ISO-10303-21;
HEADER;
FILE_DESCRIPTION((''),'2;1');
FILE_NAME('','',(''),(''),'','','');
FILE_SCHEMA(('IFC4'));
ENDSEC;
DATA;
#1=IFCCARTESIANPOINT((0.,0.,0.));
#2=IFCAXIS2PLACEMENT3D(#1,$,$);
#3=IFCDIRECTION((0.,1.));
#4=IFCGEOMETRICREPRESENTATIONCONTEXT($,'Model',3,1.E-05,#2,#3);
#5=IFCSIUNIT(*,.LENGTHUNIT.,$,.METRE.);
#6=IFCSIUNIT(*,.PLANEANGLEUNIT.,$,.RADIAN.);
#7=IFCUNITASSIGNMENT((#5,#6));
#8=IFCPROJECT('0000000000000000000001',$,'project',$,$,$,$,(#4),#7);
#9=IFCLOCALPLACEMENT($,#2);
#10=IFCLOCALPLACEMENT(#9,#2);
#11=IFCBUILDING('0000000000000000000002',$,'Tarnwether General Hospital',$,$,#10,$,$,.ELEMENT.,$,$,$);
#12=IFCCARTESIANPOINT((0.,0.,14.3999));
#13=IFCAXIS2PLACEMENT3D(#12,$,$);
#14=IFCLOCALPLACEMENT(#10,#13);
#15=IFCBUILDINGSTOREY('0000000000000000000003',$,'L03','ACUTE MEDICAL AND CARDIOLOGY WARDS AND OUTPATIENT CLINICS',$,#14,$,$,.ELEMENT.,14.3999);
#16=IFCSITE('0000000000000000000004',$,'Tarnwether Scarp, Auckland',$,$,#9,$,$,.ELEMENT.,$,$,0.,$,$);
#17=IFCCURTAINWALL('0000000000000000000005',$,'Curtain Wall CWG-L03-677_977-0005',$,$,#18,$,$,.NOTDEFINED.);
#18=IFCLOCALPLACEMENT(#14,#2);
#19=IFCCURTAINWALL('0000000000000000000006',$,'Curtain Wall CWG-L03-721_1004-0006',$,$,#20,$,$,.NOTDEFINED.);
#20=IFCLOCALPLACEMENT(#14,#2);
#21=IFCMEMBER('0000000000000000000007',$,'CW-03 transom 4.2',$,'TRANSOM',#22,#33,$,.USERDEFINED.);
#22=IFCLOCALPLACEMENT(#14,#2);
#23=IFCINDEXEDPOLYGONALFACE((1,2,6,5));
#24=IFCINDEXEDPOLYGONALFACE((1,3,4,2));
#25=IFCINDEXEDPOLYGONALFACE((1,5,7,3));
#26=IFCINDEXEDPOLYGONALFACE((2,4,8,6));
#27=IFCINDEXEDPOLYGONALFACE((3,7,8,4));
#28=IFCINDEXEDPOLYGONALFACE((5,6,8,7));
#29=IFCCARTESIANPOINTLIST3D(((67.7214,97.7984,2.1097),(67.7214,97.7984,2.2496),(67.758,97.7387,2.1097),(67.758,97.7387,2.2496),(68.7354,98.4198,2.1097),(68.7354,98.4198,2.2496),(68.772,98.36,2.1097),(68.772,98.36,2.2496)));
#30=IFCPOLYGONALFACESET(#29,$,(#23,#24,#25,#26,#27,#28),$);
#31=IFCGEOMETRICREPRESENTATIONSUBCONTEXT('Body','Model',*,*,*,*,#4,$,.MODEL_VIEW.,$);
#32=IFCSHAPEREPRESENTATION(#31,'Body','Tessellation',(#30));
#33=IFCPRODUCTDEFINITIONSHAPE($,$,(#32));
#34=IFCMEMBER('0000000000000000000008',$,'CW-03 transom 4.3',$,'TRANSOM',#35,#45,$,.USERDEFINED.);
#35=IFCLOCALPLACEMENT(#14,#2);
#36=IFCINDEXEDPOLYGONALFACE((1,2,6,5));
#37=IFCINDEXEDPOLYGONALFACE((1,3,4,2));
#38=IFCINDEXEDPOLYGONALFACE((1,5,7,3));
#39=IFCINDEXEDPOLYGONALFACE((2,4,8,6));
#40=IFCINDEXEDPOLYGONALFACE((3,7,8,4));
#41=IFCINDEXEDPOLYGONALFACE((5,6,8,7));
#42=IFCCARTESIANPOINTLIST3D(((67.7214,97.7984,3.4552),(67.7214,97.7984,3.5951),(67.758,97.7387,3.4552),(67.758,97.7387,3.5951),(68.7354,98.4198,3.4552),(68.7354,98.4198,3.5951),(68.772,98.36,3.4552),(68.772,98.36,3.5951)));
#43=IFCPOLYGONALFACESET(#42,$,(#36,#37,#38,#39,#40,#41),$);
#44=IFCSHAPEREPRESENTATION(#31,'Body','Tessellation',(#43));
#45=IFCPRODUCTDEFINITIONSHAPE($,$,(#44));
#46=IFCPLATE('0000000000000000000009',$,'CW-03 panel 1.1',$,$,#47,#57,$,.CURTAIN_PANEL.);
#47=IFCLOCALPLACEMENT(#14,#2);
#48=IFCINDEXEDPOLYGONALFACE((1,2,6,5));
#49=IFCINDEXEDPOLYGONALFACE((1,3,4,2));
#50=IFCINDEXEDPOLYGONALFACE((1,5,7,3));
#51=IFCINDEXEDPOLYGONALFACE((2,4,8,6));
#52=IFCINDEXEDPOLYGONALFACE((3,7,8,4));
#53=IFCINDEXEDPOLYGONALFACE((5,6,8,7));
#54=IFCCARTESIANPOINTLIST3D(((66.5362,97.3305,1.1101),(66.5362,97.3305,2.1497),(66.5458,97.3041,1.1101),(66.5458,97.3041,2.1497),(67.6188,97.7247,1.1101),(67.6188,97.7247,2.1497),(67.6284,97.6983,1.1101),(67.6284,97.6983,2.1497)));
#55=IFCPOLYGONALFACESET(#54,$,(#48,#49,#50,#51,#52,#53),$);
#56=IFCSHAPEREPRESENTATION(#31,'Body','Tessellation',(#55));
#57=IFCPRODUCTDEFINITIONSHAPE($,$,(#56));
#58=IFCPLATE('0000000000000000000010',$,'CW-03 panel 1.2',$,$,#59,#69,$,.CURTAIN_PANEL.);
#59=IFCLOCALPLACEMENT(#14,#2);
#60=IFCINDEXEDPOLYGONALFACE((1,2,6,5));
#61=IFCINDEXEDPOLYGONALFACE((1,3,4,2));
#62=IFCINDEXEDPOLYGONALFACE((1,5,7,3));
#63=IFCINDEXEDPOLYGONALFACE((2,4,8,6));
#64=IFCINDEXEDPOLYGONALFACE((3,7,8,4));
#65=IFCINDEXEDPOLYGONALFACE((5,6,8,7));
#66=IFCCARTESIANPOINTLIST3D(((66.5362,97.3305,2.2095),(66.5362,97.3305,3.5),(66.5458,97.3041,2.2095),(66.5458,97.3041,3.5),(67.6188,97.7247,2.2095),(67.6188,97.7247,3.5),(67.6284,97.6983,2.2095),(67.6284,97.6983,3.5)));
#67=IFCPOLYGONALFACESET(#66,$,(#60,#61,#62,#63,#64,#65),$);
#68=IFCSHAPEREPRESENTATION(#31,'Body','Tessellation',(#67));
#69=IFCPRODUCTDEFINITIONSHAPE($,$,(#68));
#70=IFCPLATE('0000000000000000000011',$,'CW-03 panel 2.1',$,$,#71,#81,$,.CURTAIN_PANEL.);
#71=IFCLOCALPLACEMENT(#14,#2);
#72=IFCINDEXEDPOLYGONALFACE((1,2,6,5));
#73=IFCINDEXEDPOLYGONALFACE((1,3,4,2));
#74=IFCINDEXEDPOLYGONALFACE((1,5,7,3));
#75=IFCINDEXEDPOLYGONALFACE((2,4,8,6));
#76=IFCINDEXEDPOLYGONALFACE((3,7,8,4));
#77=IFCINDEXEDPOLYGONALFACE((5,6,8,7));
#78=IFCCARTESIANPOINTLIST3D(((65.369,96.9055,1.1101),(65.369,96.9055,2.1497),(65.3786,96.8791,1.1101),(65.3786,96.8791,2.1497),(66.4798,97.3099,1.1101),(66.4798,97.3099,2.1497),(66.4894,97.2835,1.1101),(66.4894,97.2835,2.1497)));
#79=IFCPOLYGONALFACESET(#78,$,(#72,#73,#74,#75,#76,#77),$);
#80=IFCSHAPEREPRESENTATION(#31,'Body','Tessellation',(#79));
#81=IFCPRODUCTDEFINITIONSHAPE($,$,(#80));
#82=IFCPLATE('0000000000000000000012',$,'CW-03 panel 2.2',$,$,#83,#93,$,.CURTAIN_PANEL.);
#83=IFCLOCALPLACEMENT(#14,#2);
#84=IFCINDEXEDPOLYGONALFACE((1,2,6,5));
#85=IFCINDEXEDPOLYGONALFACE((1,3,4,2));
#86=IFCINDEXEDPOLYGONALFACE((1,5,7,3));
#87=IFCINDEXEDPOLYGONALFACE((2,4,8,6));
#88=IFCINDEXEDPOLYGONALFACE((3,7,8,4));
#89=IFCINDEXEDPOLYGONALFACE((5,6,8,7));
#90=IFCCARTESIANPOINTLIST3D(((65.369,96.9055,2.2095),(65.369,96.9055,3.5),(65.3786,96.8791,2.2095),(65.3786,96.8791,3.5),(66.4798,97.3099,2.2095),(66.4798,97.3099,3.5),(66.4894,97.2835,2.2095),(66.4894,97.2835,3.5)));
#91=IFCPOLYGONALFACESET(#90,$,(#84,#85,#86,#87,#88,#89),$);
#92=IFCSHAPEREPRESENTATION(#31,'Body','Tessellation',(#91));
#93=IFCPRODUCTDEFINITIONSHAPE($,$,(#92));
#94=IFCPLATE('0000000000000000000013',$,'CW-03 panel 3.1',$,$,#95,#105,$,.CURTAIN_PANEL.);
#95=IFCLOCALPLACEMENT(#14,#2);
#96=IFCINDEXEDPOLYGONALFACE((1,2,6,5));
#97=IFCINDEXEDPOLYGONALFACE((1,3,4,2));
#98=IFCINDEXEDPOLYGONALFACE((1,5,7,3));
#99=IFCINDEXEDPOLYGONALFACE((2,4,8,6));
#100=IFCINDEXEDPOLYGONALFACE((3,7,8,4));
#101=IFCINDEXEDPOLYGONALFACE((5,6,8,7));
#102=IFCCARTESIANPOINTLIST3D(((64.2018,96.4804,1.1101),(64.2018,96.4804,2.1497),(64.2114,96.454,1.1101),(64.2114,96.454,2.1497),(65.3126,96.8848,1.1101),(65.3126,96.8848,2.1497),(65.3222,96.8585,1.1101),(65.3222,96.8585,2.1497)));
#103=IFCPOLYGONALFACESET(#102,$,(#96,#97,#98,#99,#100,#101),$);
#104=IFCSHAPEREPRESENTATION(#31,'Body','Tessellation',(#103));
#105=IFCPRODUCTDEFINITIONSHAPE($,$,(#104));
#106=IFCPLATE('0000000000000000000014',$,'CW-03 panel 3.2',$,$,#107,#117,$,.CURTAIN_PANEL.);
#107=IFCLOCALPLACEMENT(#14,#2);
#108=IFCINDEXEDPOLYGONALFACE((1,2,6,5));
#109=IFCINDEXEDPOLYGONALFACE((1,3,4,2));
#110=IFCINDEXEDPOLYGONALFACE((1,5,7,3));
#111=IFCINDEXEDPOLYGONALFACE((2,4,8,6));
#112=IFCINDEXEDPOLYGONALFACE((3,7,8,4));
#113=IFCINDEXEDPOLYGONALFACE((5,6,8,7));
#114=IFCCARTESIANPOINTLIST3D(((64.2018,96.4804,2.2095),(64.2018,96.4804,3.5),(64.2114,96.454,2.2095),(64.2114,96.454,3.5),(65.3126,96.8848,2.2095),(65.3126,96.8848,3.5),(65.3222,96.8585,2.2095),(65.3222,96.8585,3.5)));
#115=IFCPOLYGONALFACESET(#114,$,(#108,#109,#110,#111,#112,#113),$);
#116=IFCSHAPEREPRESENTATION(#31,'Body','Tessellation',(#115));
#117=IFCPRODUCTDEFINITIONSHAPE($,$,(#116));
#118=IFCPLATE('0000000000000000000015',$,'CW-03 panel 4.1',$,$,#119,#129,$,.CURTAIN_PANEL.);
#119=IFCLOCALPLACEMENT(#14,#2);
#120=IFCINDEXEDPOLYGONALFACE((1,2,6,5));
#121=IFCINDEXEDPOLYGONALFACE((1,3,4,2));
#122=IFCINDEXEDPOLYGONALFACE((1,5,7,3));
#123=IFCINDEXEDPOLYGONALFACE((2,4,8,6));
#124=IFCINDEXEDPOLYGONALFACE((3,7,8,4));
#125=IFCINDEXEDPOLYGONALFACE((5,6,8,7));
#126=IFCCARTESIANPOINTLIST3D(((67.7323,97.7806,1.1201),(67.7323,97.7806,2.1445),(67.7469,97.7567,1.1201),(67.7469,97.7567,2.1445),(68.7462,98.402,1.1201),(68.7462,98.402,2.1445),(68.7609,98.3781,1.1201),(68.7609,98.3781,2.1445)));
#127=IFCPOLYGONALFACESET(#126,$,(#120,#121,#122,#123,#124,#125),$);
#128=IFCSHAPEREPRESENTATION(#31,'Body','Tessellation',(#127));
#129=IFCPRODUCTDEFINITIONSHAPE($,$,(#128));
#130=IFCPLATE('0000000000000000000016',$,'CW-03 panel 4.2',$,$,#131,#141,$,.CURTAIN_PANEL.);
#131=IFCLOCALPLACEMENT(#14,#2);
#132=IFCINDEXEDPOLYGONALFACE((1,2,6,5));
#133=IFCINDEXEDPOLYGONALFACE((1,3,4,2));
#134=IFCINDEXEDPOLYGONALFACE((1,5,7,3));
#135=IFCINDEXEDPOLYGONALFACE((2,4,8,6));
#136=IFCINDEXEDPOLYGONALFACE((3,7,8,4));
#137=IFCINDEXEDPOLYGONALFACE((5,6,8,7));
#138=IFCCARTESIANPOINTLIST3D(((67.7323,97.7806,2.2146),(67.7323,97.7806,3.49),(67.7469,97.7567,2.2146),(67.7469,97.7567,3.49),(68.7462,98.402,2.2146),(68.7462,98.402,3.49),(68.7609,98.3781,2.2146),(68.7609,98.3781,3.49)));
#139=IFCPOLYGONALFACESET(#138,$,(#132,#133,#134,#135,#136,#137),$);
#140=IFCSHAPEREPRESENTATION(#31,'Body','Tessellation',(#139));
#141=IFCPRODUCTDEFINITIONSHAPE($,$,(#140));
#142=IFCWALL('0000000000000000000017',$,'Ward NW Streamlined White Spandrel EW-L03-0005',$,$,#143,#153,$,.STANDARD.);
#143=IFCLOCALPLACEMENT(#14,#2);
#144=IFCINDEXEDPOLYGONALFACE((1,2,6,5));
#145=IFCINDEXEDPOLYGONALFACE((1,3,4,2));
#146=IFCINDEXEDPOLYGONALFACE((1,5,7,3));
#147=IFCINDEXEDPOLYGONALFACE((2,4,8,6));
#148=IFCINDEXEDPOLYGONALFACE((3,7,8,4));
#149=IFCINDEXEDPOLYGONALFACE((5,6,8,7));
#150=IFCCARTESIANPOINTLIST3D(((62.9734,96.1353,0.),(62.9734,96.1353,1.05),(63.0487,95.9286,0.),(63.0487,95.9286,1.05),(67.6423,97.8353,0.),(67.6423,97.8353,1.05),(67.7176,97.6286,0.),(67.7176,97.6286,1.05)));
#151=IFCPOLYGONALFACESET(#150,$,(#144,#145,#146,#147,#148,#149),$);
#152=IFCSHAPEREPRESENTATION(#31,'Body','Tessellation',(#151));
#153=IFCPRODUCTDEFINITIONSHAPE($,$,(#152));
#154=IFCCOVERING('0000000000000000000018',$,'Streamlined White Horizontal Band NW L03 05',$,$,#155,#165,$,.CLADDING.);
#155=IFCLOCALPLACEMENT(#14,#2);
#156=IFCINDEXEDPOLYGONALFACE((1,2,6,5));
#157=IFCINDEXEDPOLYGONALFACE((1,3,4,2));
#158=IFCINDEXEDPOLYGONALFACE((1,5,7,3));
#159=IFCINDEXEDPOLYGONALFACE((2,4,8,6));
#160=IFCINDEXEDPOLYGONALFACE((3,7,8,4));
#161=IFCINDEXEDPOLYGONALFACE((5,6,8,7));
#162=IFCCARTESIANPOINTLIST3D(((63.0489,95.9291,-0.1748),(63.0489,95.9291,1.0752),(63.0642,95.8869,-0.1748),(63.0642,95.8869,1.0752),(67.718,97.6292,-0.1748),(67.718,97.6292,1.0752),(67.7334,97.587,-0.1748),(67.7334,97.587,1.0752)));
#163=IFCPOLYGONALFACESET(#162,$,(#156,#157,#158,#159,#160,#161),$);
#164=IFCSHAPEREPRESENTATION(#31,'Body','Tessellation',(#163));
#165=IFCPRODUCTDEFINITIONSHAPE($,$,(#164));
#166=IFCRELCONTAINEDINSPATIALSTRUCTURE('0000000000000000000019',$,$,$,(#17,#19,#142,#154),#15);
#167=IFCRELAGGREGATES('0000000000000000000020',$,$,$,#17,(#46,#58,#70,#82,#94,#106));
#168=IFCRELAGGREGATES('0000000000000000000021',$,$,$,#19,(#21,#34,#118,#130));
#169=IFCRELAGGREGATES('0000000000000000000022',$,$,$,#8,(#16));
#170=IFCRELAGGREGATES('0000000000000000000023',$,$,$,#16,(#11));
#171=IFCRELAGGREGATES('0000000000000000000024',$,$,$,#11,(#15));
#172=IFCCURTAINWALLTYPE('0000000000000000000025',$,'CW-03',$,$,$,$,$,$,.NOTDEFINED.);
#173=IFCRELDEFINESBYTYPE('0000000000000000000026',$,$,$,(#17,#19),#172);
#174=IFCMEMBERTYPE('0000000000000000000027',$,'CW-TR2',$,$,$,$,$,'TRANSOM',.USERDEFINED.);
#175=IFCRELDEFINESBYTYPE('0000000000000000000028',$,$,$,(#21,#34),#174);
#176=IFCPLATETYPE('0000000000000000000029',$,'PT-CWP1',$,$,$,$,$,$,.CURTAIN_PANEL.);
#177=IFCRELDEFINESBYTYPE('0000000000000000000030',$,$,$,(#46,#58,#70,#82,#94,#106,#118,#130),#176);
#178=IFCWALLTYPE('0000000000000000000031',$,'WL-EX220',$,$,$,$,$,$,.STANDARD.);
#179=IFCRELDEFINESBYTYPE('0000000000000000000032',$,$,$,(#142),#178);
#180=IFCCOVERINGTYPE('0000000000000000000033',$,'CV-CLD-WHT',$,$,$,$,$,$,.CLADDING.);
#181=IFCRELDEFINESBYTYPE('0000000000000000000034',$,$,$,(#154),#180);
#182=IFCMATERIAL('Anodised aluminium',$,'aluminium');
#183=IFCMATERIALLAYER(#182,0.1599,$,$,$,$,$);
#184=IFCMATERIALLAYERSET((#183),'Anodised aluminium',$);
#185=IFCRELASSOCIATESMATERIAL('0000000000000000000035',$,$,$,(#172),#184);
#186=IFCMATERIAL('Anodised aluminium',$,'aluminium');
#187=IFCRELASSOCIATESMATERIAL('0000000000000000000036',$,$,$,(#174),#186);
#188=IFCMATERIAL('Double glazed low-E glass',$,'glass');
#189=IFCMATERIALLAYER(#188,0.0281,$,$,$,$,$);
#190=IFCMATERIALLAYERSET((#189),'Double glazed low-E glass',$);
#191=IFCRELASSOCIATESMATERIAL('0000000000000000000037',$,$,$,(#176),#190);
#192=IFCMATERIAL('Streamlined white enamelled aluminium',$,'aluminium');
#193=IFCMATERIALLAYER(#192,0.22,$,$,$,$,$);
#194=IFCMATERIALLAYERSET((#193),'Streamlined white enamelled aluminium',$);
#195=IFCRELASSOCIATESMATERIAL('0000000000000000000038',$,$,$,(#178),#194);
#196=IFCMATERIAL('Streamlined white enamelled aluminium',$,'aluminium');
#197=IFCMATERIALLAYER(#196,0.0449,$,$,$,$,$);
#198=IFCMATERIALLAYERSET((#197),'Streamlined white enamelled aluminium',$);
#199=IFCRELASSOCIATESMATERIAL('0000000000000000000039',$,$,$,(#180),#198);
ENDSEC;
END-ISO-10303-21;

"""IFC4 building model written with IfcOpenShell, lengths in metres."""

from ifc_helpers import new_model, si_unit, direction, frame, frame_2d, origin, origin_2d, place, context, subcontext, project, spatial, rectangle, extrude, material, layer, layer_set, material_profile, profile_set, type_object, element, aggregate, save


model = new_model("IFC4")

# Units and contexts
model_context = context("Model", 3, precision=1e-05, world=origin(), true_north=direction((0.0, 1.0)))
body_context = subcontext(model_context, "Body", "Model", "MODEL_VIEW")
ifc_project = project(units=[si_unit("LENGTHUNIT", "METRE"), si_unit("PLANEANGLEUNIT", "RADIAN")], contexts=[model_context])

# Site, building, storey
site_placement = place(None, origin())
site = spatial("IfcSite", under=ifc_project, at=site_placement, Name="Tarnwether Scarp, Auckland", CompositionType="ELEMENT", RefElevation=0.0)
building_placement = place(site_placement, origin())
building = spatial("IfcBuilding", under=site, at=building_placement, Name="Tarnwether General Hospital", CompositionType="ELEMENT")
storey_placement = place(building_placement, frame((0.0, 0.0, 14.3999)))
storey = spatial("IfcBuildingStorey", under=building, at=storey_placement, Name="L03", Description="ACUTE MEDICAL AND CARDIOLOGY WARDS AND OUTPATIENT CLINICS", CompositionType="ELEMENT", Elevation=14.3999)

# Curtain wall
ifc_material_1 = material(Name="Anodised aluminium", Category="aluminium")
ifc_layer_1 = layer(ifc_material_1, 0.1599)
ifc_layer_set_1 = layer_set([ifc_layer_1], Name="Anodised aluminium")
curtain_wall_type = type_object("IfcCurtainWallType", Name="CW-03", PredefinedType="NOTDEFINED", material=ifc_layer_set_1)
curtain_wall_1_placement = place(storey_placement, origin())
curtain_wall_1 = element("IfcCurtainWall", 1, at=curtain_wall_1_placement, inside=storey, type_object=curtain_wall_type, Name="Curtain Wall CWG-L03-677_977-0005", PredefinedType="NOTDEFINED")

# Curtain wall
curtain_wall_2_placement = place(storey_placement, origin())
curtain_wall_2 = element("IfcCurtainWall", 2, at=curtain_wall_2_placement, inside=storey, type_object=curtain_wall_type, Name="Curtain Wall CWG-L03-721_1004-0006", PredefinedType="NOTDEFINED")

# Members
ifc_material_2 = material(Name="Anodised aluminium", Category="aluminium")
ifc_material_profile_1 = material_profile(ifc_material_2, rectangle(XDim=0.0701, YDim=0.1399, at=origin_2d()), Name="ALU-TRN-70x140")
ifc_profile_set_1 = profile_set([ifc_material_profile_1], Name="Anodised aluminium")
member_type_1 = type_object("IfcMemberType", Name="CW-TR2", ElementType="TRANSOM", PredefinedType="USERDEFINED", material=ifc_profile_set_1)
member_1_placement = place(storey_placement, frame((68.7537, 98.3899, 2.1797), z_axis=(-0.852637, -0.522504, 0.0), x_axis=(0.522504, -0.852637, 0.0)))
member_1 = element("IfcMember", 3, at=member_1_placement, type_object=member_type_1, Name="CW-03 transom 4.2", ObjectType="TRANSOM", PredefinedType="USERDEFINED", context=body_context, shape_type="SweptSolid", body=[
    extrude(rectangle(XDim=0.0701, YDim=0.1399, at=origin_2d()), origin(), (0.0, 0.0, 1.0), 1.1892),
])
member_2_placement = place(storey_placement, frame((68.7537, 98.3899, 3.5251), z_axis=(-0.852637, -0.522504, 0.0), x_axis=(0.522504, -0.852637, 0.0)))
member_2 = element("IfcMember", 4, at=member_2_placement, type_object=member_type_1, Name="CW-03 transom 4.3", ObjectType="TRANSOM", PredefinedType="USERDEFINED", context=body_context, shape_type="SweptSolid", body=[
    extrude(rectangle(XDim=0.0701, YDim=0.1399, at=origin_2d()), origin(), (0.0, 0.0, 1.0), 1.1892),
])

# Plates
ifc_material_3 = material(Name="Double glazed low-E glass", Category="glass")
ifc_layer_2 = layer(ifc_material_3, 0.0281)
ifc_layer_set_2 = layer_set([ifc_layer_2], Name="Double glazed low-E glass")
plate_type = type_object("IfcPlateType", Name="PT-CWP1", PredefinedType="CURTAIN_PANEL", material=ifc_layer_set_2)
plate_1_placement = place(storey_placement, frame((67.0823, 97.5144, 1.1101), z_axis=(0.0, 0.0, 1.0), x_axis=(-0.939652, -0.342131, 0.0)))
plate_1 = element("IfcPlate", 5, at=plate_1_placement, type_object=plate_type, Name="CW-03 panel 1.1", PredefinedType="CURTAIN_PANEL", context=body_context, shape_type="SweptSolid", body=[
    extrude(rectangle(XDim=1.1521, YDim=0.0281, at=origin_2d()), origin(), (0.0, 0.0, 1.0), 1.0396),
])
plate_2_placement = place(storey_placement, frame((67.0823, 97.5144, 2.2095), z_axis=(0.0, 0.0, 1.0), x_axis=(-0.939652, -0.342131, 0.0)))
plate_2 = element("IfcPlate", 6, at=plate_2_placement, type_object=plate_type, Name="CW-03 panel 1.2", PredefinedType="CURTAIN_PANEL", context=body_context, shape_type="SweptSolid", body=[
    extrude(rectangle(XDim=1.1521, YDim=0.0281, at=origin_2d()), origin(), (0.0, 0.0, 1.0), 1.2905),
])
plate_3_placement = place(storey_placement, frame((65.9292, 97.0945, 1.1101), z_axis=(0.0, 0.0, 1.0), x_axis=(-0.939652, -0.342131, 0.0)))
plate_3 = element("IfcPlate", 7, at=plate_3_placement, type_object=plate_type, Name="CW-03 panel 2.1", PredefinedType="CURTAIN_PANEL", context=body_context, shape_type="SweptSolid", body=[
    extrude(rectangle(XDim=1.1821, YDim=0.0281, at=origin_2d()), origin(), (0.0, 0.0, 1.0), 1.0396),
])
plate_4_placement = place(storey_placement, frame((65.9292, 97.0945, 2.2095), z_axis=(0.0, 0.0, 1.0), x_axis=(-0.939652, -0.342131, 0.0)))
plate_4 = element("IfcPlate", 8, at=plate_4_placement, type_object=plate_type, Name="CW-03 panel 2.2", PredefinedType="CURTAIN_PANEL", context=body_context, shape_type="SweptSolid", body=[
    extrude(rectangle(XDim=1.1821, YDim=0.0281, at=origin_2d()), origin(), (0.0, 0.0, 1.0), 1.2905),
])
plate_5_placement = place(storey_placement, frame((64.762, 96.6694, 1.1101), z_axis=(0.0, 0.0, 1.0), x_axis=(-0.939652, -0.342131, 0.0)))
plate_5 = element("IfcPlate", 9, at=plate_5_placement, type_object=plate_type, Name="CW-03 panel 3.1", PredefinedType="CURTAIN_PANEL", context=body_context, shape_type="SweptSolid", body=[
    extrude(rectangle(XDim=1.1821, YDim=0.0281, at=origin_2d()), origin(), (0.0, 0.0, 1.0), 1.0396),
])
plate_6_placement = place(storey_placement, frame((64.762, 96.6694, 2.2095), z_axis=(0.0, 0.0, 1.0), x_axis=(-0.939652, -0.342131, 0.0)))
plate_6 = element("IfcPlate", 10, at=plate_6_placement, type_object=plate_type, Name="CW-03 panel 3.2", PredefinedType="CURTAIN_PANEL", context=body_context, shape_type="SweptSolid", body=[
    extrude(rectangle(XDim=1.1821, YDim=0.0281, at=origin_2d()), origin(), (0.0, 0.0, 1.0), 1.2905),
])
aggregate(curtain_wall_1, [plate_1, plate_2, plate_3, plate_4, plate_5, plate_6])
plate_7_placement = place(storey_placement, frame((68.2466, 98.0793, 1.1201), z_axis=(0.0, 0.0, 1.0), x_axis=(-0.852632, -0.522512, 0.0)))
plate_7 = element("IfcPlate", 11, at=plate_7_placement, type_object=plate_type, Name="CW-03 panel 4.1", PredefinedType="CURTAIN_PANEL", context=body_context, shape_type="SweptSolid", body=[
    extrude(rectangle(XDim=1.1892, YDim=0.0281, at=origin_2d()), origin(), (0.0, 0.0, 1.0), 1.0244),
])
plate_8_placement = place(storey_placement, frame((68.2466, 98.0793, 2.2146), z_axis=(0.0, 0.0, 1.0), x_axis=(-0.852632, -0.522512, 0.0)))
plate_8 = element("IfcPlate", 12, at=plate_8_placement, type_object=plate_type, Name="CW-03 panel 4.2", PredefinedType="CURTAIN_PANEL", context=body_context, shape_type="SweptSolid", body=[
    extrude(rectangle(XDim=1.1892, YDim=0.0281, at=origin_2d()), origin(), (0.0, 0.0, 1.0), 1.2754),
])
aggregate(curtain_wall_2, [member_1, member_2, plate_7, plate_8])

# Wall
ifc_material_4 = material(Name="Streamlined white enamelled aluminium", Category="aluminium")
ifc_layer_3 = layer(ifc_material_4, 0.22)
ifc_layer_set_3 = layer_set([ifc_layer_3], Name="Streamlined white enamelled aluminium")
wall_type = type_object("IfcWallType", Name="WL-EX220", PredefinedType="STANDARD", material=ifc_layer_set_3)
wall_placement = place(storey_placement, frame((67.6799, 97.7319, 0.0), z_axis=(0.0, 0.0, 1.0), x_axis=(-0.939654, -0.342126, 0.0)))
element("IfcWall", 13, at=wall_placement, inside=storey, type_object=wall_type, Name="Ward NW Streamlined White Spandrel EW-L03-0005", PredefinedType="STANDARD", context=body_context, shape_type="SweptSolid", body=[
    extrude(rectangle(XDim=4.9688, YDim=0.22, at=frame_2d((2.4844, 0.0))), origin(), (0.0, 0.0, 1.0), 1.05),
])

# Covering
ifc_material_5 = material(Name="Streamlined white enamelled aluminium", Category="aluminium")
ifc_layer_4 = layer(ifc_material_5, 0.0449)
ifc_layer_set_4 = layer_set([ifc_layer_4], Name="Streamlined white enamelled aluminium")
covering_type = type_object("IfcCoveringType", Name="CV-CLD-WHT", PredefinedType="CLADDING", material=ifc_layer_set_4)
covering_placement = place(storey_placement, frame((65.3911, 96.7581, -0.1748), z_axis=(0.0, 0.0, 1.0), x_axis=(-0.939651, -0.342135, 0.0)))
element("IfcCovering", 14, at=covering_placement, inside=storey, type_object=covering_type, Name="Streamlined White Horizontal Band NW L03 05", PredefinedType="CLADDING", context=body_context, shape_type="SweptSolid", body=[
    extrude(rectangle(XDim=4.969, YDim=0.0449, at=origin_2d()), origin(), (0.0, 0.0, 1.0), 1.25),
])

save(model, "model.ifc")
